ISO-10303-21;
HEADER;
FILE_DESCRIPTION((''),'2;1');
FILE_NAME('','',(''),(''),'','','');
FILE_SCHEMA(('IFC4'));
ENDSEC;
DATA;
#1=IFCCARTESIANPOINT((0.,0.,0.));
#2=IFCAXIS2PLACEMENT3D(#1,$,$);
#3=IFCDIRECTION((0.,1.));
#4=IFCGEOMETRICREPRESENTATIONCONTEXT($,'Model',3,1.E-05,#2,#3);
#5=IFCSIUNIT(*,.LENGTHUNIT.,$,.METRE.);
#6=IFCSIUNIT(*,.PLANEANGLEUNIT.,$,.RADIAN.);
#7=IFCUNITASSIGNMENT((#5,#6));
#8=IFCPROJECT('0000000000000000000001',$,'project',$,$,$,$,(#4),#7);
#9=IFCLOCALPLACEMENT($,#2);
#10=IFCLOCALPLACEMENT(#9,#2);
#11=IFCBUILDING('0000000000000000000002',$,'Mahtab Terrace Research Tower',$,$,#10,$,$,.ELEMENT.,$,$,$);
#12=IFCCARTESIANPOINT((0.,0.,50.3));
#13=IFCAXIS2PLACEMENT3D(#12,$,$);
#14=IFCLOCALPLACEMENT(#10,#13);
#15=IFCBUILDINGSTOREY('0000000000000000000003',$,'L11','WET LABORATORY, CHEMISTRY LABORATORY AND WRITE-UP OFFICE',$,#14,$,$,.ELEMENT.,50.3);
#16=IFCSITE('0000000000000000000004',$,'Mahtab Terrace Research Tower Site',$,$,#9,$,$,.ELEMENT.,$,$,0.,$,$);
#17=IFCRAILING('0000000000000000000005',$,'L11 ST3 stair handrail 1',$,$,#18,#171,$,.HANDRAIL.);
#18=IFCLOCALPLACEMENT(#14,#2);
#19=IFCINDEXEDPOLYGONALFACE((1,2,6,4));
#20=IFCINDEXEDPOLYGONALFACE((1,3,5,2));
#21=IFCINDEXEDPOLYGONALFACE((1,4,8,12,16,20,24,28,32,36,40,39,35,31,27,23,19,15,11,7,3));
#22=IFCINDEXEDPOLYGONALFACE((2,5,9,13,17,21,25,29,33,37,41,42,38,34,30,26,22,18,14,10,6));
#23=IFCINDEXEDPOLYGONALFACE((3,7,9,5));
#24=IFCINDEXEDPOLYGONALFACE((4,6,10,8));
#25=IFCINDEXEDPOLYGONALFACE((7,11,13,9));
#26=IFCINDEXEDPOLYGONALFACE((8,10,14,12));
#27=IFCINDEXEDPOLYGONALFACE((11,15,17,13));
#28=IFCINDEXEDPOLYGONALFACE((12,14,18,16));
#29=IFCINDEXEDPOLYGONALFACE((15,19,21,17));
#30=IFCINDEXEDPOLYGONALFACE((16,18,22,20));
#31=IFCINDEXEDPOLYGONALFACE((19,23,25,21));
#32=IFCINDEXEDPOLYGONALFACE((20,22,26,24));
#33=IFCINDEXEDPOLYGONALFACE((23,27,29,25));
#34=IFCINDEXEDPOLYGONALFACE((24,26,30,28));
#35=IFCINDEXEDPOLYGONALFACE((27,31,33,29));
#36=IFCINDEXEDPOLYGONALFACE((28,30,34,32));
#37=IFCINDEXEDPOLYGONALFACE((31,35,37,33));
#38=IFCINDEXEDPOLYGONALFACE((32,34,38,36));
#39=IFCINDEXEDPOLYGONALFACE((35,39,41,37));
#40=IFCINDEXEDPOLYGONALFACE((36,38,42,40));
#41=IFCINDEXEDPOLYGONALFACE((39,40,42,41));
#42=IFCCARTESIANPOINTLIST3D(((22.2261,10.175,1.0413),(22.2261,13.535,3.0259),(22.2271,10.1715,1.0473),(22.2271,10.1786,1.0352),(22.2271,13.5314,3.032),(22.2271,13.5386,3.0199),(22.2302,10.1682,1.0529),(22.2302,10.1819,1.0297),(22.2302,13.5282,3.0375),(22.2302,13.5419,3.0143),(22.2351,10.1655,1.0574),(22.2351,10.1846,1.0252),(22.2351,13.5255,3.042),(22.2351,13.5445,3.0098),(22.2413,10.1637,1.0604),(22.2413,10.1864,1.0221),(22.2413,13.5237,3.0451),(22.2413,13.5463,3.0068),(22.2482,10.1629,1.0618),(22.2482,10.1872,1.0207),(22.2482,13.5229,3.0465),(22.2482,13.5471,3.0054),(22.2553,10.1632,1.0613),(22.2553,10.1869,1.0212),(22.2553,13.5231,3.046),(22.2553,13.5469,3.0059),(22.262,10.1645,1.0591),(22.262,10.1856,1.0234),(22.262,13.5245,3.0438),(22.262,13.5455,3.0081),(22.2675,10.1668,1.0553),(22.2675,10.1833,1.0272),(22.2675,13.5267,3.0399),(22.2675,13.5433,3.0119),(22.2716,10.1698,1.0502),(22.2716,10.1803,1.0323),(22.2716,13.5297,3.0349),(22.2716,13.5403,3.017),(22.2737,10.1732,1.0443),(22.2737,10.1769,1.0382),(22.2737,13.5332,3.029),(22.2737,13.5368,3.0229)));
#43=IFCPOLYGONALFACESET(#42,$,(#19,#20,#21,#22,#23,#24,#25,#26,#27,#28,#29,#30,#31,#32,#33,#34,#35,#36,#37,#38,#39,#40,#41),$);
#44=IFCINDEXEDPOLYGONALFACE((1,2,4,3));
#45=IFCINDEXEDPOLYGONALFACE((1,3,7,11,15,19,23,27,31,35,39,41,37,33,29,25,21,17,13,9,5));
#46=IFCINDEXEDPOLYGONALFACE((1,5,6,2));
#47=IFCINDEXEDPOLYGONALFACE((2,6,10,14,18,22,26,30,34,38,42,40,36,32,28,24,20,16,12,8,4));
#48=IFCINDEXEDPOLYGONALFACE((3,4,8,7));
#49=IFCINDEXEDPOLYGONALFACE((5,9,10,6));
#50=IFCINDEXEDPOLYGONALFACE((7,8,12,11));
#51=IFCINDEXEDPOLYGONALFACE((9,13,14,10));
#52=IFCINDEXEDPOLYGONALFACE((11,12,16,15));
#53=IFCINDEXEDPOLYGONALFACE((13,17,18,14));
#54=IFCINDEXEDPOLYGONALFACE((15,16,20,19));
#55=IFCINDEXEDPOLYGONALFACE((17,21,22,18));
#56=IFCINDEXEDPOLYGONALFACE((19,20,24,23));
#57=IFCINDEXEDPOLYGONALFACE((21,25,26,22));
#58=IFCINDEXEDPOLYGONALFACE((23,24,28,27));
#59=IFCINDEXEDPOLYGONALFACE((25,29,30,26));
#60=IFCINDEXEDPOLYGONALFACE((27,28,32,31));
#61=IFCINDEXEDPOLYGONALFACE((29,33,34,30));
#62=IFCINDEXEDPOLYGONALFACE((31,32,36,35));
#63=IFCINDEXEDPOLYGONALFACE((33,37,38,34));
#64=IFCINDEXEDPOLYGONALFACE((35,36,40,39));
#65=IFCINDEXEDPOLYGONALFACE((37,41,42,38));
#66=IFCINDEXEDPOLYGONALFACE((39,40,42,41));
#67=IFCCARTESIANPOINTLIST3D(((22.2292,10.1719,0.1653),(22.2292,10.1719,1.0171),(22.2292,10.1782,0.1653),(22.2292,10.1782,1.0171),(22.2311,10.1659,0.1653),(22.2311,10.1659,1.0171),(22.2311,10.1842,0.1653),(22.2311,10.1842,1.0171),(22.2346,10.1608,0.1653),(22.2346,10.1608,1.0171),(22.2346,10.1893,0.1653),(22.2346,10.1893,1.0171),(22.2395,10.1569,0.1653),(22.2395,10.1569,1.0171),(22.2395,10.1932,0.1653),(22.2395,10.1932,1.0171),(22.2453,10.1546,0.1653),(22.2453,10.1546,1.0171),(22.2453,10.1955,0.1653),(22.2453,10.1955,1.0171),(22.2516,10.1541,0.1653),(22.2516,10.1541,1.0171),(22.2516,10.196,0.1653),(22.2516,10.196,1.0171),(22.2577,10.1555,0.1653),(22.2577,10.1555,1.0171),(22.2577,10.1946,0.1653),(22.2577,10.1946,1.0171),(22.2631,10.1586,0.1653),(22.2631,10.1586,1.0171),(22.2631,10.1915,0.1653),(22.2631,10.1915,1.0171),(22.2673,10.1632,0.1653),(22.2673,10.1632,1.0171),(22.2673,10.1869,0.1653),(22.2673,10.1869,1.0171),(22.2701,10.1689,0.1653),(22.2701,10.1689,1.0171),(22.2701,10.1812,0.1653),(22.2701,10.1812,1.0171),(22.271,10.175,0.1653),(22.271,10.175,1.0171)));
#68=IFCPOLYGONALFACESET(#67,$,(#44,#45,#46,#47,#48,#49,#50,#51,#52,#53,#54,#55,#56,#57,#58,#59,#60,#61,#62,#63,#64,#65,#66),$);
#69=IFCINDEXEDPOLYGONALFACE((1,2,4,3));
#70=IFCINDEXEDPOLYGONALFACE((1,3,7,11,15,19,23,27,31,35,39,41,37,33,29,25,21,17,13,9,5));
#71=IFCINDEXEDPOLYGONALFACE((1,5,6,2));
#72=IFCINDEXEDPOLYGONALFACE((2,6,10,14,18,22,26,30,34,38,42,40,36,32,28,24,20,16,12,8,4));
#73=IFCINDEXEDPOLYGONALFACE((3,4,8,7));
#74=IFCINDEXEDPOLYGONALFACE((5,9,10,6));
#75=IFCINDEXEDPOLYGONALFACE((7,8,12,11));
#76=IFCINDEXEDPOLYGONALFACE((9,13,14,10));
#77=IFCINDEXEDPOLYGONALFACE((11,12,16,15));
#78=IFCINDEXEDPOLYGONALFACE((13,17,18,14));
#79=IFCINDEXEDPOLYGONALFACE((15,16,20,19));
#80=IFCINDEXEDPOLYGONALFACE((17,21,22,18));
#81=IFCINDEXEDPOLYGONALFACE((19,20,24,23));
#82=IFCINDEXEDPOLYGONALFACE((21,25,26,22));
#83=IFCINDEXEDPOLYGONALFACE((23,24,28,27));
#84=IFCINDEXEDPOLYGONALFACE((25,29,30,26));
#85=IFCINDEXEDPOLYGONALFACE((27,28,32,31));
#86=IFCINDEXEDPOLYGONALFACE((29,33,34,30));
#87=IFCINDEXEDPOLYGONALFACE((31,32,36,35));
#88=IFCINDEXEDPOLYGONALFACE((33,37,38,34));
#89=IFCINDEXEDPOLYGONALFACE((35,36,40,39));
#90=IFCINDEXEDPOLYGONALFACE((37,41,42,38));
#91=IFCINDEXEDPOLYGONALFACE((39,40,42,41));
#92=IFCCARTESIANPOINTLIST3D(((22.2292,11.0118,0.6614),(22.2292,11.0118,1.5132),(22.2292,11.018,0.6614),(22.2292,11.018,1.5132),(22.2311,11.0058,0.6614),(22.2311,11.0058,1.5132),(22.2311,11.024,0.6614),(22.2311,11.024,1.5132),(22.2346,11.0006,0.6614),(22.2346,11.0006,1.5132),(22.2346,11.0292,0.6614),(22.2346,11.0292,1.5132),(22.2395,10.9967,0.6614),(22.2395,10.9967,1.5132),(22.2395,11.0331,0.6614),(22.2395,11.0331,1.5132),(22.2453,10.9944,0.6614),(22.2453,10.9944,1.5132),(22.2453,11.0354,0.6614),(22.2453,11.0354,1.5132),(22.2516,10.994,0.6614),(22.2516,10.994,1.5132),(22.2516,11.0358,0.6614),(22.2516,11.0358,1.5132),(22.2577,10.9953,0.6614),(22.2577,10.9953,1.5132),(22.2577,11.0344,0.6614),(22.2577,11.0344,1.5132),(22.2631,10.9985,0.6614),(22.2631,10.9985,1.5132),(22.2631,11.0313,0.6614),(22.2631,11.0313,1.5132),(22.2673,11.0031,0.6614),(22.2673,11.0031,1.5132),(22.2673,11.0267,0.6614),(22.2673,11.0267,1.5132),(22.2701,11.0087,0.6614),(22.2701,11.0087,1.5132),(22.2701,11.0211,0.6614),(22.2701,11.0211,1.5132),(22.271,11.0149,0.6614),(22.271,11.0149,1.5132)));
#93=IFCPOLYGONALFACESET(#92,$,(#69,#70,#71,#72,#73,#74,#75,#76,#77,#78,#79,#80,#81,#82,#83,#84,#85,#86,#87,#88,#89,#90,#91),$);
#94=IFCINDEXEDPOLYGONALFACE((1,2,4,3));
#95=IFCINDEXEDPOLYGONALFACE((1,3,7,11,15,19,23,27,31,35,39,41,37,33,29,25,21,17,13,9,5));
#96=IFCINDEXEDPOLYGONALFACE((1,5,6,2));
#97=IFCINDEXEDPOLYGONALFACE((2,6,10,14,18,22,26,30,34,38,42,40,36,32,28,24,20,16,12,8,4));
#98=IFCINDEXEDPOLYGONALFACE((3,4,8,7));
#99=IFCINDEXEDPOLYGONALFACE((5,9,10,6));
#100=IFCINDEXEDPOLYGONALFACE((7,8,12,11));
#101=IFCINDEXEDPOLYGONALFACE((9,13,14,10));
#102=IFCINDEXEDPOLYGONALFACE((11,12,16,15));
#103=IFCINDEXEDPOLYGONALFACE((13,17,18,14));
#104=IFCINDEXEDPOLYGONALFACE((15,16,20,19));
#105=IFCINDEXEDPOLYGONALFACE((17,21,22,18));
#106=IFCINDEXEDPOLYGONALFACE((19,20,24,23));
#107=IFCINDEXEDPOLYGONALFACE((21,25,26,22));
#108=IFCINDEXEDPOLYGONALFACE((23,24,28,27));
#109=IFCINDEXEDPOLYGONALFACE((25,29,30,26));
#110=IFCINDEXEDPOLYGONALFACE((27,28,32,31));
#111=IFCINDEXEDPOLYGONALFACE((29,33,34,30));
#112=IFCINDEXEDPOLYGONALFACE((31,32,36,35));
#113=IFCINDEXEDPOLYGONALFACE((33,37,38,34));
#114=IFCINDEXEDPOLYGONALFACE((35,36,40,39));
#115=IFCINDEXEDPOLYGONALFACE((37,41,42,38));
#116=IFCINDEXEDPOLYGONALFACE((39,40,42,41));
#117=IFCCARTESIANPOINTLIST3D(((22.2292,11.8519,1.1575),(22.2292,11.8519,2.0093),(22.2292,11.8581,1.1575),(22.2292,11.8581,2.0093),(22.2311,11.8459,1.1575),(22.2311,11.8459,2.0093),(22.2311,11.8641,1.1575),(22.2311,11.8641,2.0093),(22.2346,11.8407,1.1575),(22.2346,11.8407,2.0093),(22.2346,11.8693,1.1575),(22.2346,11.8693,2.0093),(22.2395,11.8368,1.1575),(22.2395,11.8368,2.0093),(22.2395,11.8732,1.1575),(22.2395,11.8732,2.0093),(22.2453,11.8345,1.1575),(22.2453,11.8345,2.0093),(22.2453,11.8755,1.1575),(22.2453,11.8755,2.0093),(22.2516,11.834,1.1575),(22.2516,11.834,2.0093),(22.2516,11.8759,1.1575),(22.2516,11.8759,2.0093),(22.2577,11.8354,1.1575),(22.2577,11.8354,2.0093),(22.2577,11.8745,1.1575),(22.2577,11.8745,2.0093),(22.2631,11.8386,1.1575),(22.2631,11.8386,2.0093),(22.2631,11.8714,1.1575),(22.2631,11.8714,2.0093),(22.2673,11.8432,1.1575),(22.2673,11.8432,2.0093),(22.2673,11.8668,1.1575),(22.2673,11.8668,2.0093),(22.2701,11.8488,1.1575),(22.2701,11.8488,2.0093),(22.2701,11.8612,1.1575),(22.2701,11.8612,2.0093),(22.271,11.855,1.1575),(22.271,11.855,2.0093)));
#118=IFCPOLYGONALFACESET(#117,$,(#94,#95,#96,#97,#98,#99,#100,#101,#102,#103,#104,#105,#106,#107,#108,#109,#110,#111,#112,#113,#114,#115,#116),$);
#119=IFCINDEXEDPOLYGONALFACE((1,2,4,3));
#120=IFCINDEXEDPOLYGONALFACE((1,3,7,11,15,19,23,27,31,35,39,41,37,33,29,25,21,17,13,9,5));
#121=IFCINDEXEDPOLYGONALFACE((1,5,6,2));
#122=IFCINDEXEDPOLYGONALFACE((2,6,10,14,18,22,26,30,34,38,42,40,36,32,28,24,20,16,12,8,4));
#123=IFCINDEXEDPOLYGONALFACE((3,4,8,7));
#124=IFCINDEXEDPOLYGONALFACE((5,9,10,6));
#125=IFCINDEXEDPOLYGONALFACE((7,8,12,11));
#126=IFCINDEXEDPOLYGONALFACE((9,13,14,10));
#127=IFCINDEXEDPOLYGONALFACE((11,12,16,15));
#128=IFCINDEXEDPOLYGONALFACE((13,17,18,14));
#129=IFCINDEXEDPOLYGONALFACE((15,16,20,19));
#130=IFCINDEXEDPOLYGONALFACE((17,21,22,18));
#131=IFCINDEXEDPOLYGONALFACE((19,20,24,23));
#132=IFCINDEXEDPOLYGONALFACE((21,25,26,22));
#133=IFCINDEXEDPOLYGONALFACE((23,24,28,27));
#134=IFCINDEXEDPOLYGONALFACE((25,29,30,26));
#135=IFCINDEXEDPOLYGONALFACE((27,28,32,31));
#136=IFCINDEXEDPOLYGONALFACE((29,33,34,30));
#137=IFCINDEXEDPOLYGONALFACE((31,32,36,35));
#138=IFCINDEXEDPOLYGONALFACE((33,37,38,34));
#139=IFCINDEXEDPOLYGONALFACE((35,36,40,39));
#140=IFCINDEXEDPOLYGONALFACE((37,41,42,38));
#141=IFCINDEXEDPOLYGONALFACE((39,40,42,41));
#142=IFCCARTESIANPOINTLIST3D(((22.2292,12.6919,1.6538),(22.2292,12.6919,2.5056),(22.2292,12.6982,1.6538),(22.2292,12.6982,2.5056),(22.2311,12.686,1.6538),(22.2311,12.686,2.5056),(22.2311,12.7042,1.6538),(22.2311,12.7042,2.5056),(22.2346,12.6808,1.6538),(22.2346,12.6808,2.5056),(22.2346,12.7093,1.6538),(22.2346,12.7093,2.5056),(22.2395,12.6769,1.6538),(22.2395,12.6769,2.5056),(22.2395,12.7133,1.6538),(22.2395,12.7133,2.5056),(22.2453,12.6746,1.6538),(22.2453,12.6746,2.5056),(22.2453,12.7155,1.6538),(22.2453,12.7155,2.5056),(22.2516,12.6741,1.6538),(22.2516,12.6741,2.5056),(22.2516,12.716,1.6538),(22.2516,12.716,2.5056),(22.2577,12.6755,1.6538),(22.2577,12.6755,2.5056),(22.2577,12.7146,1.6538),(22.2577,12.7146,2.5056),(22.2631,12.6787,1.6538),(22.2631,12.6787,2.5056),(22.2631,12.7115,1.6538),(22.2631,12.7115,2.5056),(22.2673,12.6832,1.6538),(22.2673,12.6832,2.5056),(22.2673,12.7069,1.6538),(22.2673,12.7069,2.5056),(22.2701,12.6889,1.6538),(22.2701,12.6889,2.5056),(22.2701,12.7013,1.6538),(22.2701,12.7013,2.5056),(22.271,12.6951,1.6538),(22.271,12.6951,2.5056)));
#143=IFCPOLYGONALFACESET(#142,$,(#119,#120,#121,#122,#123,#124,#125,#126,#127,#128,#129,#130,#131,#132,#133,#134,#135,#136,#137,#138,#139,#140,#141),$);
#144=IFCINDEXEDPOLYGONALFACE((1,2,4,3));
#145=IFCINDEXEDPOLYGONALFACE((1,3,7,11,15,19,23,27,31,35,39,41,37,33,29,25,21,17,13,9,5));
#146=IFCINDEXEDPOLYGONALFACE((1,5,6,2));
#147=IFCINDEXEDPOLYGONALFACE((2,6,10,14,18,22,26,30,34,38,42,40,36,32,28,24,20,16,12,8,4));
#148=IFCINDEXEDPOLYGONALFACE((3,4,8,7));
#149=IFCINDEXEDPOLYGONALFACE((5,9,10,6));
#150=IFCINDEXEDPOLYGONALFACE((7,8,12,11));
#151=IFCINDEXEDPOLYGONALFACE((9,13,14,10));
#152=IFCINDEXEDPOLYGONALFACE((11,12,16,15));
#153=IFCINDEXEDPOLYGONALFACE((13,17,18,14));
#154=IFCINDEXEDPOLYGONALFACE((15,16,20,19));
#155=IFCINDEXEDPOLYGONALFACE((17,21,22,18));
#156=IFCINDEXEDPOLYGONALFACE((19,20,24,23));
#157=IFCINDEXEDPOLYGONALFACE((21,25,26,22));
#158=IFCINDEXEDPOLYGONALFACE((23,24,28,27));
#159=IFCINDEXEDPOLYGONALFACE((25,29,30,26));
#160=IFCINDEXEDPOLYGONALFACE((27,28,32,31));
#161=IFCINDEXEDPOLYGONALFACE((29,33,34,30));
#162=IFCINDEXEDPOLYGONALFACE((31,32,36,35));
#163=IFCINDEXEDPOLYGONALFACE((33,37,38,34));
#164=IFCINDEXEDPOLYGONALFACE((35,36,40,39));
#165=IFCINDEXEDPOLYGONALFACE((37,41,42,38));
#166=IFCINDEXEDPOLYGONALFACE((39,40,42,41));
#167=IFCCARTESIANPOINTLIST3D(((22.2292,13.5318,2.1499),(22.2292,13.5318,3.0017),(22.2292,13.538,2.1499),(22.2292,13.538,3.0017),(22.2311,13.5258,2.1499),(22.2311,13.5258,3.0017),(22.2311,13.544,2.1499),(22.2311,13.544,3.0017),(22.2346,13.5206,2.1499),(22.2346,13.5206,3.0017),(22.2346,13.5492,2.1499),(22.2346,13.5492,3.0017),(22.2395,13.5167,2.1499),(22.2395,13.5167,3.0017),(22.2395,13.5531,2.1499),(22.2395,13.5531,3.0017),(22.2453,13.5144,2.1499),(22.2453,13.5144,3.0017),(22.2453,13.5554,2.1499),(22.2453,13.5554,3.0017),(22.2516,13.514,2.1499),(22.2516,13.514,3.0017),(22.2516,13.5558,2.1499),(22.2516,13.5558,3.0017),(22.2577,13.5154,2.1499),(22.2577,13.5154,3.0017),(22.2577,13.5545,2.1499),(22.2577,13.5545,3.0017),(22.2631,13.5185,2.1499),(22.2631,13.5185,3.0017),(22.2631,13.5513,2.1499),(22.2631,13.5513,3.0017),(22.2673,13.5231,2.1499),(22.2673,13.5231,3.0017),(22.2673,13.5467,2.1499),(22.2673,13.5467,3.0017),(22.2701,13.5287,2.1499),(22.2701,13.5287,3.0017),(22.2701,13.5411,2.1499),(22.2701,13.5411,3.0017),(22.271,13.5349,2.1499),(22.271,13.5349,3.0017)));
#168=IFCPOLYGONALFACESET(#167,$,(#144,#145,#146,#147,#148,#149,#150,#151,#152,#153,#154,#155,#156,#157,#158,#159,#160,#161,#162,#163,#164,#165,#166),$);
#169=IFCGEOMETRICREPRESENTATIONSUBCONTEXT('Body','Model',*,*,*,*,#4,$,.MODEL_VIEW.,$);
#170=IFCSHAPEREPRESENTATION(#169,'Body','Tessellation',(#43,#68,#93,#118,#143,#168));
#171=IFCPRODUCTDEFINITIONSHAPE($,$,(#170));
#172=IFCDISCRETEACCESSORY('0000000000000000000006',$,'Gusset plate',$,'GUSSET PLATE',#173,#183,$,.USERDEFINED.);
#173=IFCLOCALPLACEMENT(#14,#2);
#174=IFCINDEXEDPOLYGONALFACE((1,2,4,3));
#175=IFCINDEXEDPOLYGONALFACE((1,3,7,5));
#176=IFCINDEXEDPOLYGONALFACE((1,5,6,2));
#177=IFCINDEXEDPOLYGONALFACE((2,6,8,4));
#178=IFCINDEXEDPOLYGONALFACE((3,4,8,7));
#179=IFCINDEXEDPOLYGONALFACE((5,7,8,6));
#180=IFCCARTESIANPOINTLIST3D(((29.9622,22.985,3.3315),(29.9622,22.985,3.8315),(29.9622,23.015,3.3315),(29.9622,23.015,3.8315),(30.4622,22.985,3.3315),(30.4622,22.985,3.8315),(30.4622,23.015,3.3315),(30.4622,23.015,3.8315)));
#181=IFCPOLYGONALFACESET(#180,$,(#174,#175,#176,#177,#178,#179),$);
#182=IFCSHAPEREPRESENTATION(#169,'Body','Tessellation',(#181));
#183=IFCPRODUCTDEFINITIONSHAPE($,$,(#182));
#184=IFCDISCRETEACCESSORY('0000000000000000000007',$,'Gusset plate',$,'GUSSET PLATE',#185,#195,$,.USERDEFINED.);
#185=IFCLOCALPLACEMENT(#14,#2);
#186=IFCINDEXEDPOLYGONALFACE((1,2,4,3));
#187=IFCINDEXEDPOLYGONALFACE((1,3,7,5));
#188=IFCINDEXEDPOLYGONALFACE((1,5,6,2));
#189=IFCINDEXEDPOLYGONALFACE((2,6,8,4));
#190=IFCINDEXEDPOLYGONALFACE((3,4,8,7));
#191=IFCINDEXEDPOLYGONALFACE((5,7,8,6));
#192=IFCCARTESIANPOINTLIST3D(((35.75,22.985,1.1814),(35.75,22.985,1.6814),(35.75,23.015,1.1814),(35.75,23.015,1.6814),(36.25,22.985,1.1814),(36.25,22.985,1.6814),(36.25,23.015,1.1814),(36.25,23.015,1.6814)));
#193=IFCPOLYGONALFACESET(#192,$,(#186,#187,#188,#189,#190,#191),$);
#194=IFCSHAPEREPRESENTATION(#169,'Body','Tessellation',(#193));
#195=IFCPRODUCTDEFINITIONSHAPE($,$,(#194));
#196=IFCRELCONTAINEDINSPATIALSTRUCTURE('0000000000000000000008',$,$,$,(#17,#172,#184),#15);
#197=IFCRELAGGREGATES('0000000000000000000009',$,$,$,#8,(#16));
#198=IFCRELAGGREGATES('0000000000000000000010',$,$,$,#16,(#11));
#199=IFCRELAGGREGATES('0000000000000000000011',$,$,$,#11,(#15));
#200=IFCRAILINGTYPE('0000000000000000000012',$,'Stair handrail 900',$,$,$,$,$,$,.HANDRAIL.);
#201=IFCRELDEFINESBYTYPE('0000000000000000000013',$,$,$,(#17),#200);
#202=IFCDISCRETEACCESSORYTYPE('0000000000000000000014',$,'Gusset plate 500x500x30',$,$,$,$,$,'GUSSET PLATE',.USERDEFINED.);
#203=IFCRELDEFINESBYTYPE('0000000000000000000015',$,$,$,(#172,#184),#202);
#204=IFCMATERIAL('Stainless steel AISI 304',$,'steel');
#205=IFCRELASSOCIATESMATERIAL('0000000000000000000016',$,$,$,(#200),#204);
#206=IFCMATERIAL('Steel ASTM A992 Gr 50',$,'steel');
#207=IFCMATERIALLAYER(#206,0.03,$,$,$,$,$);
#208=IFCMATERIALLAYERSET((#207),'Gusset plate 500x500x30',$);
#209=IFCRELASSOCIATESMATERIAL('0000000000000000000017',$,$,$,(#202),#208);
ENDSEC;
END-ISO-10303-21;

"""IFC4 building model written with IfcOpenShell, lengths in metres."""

from ifc_helpers import new_model, si_unit, direction, frame, origin, origin_2d, place, context, subcontext, project, spatial, rectangle, circle, extrude, material, layer, layer_set, type_object, element, save


model = new_model("IFC4")

# Units and contexts
model_context = context("Model", 3, precision=1e-05, world=origin(), true_north=direction((0.0, 1.0)))
body_context = subcontext(model_context, "Body", "Model", "MODEL_VIEW")
ifc_project = project(units=[si_unit("LENGTHUNIT", "METRE"), si_unit("PLANEANGLEUNIT", "RADIAN")], contexts=[model_context])

# Site, building, storey
site_placement = place(None, origin())
site = spatial("IfcSite", under=ifc_project, at=site_placement, Name="Mahtab Terrace Research Tower Site", CompositionType="ELEMENT", RefElevation=0.0)
building_placement = place(site_placement, origin())
building = spatial("IfcBuilding", under=site, at=building_placement, Name="Mahtab Terrace Research Tower", CompositionType="ELEMENT")
storey_placement = place(building_placement, frame((0.0, 0.0, 50.3)))
storey = spatial("IfcBuildingStorey", under=building, at=storey_placement, Name="L11", Description="WET LABORATORY, CHEMISTRY LABORATORY AND WRITE-UP OFFICE", CompositionType="ELEMENT", Elevation=50.3)

# Shared definitions
ifc_material_1 = material(Name="Steel ASTM A992 Gr 50", Category="steel")

# Shared definitions
ifc_material_2 = material(Name="Stainless steel AISI 304", Category="steel")

# Railing
railing_type = type_object("IfcRailingType", Name="Stair handrail 900", PredefinedType="HANDRAIL", material=ifc_material_2)
railing_placement = place(storey_placement, frame((22.25, 10.175, 0.1653)))
element("IfcRailing", 1, at=railing_placement, inside=storey, type_object=railing_type, Name="L11 ST3 stair handrail 1", PredefinedType="HANDRAIL", context=body_context, shape_type="SweptSolid", body=[
    extrude(circle(Radius=0.0239, at=origin_2d()), frame((0.0, 0.0, 0.876), z_axis=(0.0, 0.861011, 0.508586), x_axis=(-1.0, 0.0, 0.0)), (0.0, 0.0, 1.0), 3.9023),
    extrude(circle(Radius=0.021, at=origin_2d()), origin(), (0.0, 0.0, 1.0), 0.8518),
    extrude(circle(Radius=0.021, at=origin_2d()), frame((0.0, 0.8398, 0.4961)), (0.0, 0.0, 1.0), 0.8518),
    extrude(circle(Radius=0.021, at=origin_2d()), frame((0.0, 1.6799, 0.9922)), (0.0, 0.0, 1.0), 0.8518),
    extrude(circle(Radius=0.021, at=origin_2d()), frame((0.0, 2.52, 1.4885)), (0.0, 0.0, 1.0), 0.8518),
    extrude(circle(Radius=0.021, at=origin_2d()), frame((0.0, 3.3599, 1.9846)), (0.0, 0.0, 1.0), 0.8518),
])

# Discrete accessories
ifc_layer_1 = layer(ifc_material_1, 0.03)
ifc_layer_set_1 = layer_set([ifc_layer_1], Name="Gusset plate 500x500x30")
discrete_accessory_type = type_object("IfcDiscreteAccessoryType", Name="Gusset plate 500x500x30", ElementType="GUSSET PLATE", PredefinedType="USERDEFINED", material=ifc_layer_set_1)
for number, where, z_axis, x_axis, name in (
    (2, (30.2122, 23.0, 3.3315), (0.0, 0.0, 1.0), (1.0, 0.0, 0.0), "Gusset plate"),
    (3, (36.0, 23.0, 1.1814), (0.0, 0.0, 1.0), (1.0, 0.0, 0.0), "Gusset plate"),
):
    element("IfcDiscreteAccessory", number, at=place(storey_placement, frame(where, z_axis=z_axis, x_axis=x_axis)), inside=storey, type_object=discrete_accessory_type, Name=name, ObjectType="GUSSET PLATE", PredefinedType="USERDEFINED", context=body_context, shape_type="SweptSolid", body=[
        extrude(rectangle(XDim=0.5, YDim=0.03, at=origin_2d()), origin(), (0.0, 0.0, 1.0), 0.5),
    ])

save(model, "model.ifc")
